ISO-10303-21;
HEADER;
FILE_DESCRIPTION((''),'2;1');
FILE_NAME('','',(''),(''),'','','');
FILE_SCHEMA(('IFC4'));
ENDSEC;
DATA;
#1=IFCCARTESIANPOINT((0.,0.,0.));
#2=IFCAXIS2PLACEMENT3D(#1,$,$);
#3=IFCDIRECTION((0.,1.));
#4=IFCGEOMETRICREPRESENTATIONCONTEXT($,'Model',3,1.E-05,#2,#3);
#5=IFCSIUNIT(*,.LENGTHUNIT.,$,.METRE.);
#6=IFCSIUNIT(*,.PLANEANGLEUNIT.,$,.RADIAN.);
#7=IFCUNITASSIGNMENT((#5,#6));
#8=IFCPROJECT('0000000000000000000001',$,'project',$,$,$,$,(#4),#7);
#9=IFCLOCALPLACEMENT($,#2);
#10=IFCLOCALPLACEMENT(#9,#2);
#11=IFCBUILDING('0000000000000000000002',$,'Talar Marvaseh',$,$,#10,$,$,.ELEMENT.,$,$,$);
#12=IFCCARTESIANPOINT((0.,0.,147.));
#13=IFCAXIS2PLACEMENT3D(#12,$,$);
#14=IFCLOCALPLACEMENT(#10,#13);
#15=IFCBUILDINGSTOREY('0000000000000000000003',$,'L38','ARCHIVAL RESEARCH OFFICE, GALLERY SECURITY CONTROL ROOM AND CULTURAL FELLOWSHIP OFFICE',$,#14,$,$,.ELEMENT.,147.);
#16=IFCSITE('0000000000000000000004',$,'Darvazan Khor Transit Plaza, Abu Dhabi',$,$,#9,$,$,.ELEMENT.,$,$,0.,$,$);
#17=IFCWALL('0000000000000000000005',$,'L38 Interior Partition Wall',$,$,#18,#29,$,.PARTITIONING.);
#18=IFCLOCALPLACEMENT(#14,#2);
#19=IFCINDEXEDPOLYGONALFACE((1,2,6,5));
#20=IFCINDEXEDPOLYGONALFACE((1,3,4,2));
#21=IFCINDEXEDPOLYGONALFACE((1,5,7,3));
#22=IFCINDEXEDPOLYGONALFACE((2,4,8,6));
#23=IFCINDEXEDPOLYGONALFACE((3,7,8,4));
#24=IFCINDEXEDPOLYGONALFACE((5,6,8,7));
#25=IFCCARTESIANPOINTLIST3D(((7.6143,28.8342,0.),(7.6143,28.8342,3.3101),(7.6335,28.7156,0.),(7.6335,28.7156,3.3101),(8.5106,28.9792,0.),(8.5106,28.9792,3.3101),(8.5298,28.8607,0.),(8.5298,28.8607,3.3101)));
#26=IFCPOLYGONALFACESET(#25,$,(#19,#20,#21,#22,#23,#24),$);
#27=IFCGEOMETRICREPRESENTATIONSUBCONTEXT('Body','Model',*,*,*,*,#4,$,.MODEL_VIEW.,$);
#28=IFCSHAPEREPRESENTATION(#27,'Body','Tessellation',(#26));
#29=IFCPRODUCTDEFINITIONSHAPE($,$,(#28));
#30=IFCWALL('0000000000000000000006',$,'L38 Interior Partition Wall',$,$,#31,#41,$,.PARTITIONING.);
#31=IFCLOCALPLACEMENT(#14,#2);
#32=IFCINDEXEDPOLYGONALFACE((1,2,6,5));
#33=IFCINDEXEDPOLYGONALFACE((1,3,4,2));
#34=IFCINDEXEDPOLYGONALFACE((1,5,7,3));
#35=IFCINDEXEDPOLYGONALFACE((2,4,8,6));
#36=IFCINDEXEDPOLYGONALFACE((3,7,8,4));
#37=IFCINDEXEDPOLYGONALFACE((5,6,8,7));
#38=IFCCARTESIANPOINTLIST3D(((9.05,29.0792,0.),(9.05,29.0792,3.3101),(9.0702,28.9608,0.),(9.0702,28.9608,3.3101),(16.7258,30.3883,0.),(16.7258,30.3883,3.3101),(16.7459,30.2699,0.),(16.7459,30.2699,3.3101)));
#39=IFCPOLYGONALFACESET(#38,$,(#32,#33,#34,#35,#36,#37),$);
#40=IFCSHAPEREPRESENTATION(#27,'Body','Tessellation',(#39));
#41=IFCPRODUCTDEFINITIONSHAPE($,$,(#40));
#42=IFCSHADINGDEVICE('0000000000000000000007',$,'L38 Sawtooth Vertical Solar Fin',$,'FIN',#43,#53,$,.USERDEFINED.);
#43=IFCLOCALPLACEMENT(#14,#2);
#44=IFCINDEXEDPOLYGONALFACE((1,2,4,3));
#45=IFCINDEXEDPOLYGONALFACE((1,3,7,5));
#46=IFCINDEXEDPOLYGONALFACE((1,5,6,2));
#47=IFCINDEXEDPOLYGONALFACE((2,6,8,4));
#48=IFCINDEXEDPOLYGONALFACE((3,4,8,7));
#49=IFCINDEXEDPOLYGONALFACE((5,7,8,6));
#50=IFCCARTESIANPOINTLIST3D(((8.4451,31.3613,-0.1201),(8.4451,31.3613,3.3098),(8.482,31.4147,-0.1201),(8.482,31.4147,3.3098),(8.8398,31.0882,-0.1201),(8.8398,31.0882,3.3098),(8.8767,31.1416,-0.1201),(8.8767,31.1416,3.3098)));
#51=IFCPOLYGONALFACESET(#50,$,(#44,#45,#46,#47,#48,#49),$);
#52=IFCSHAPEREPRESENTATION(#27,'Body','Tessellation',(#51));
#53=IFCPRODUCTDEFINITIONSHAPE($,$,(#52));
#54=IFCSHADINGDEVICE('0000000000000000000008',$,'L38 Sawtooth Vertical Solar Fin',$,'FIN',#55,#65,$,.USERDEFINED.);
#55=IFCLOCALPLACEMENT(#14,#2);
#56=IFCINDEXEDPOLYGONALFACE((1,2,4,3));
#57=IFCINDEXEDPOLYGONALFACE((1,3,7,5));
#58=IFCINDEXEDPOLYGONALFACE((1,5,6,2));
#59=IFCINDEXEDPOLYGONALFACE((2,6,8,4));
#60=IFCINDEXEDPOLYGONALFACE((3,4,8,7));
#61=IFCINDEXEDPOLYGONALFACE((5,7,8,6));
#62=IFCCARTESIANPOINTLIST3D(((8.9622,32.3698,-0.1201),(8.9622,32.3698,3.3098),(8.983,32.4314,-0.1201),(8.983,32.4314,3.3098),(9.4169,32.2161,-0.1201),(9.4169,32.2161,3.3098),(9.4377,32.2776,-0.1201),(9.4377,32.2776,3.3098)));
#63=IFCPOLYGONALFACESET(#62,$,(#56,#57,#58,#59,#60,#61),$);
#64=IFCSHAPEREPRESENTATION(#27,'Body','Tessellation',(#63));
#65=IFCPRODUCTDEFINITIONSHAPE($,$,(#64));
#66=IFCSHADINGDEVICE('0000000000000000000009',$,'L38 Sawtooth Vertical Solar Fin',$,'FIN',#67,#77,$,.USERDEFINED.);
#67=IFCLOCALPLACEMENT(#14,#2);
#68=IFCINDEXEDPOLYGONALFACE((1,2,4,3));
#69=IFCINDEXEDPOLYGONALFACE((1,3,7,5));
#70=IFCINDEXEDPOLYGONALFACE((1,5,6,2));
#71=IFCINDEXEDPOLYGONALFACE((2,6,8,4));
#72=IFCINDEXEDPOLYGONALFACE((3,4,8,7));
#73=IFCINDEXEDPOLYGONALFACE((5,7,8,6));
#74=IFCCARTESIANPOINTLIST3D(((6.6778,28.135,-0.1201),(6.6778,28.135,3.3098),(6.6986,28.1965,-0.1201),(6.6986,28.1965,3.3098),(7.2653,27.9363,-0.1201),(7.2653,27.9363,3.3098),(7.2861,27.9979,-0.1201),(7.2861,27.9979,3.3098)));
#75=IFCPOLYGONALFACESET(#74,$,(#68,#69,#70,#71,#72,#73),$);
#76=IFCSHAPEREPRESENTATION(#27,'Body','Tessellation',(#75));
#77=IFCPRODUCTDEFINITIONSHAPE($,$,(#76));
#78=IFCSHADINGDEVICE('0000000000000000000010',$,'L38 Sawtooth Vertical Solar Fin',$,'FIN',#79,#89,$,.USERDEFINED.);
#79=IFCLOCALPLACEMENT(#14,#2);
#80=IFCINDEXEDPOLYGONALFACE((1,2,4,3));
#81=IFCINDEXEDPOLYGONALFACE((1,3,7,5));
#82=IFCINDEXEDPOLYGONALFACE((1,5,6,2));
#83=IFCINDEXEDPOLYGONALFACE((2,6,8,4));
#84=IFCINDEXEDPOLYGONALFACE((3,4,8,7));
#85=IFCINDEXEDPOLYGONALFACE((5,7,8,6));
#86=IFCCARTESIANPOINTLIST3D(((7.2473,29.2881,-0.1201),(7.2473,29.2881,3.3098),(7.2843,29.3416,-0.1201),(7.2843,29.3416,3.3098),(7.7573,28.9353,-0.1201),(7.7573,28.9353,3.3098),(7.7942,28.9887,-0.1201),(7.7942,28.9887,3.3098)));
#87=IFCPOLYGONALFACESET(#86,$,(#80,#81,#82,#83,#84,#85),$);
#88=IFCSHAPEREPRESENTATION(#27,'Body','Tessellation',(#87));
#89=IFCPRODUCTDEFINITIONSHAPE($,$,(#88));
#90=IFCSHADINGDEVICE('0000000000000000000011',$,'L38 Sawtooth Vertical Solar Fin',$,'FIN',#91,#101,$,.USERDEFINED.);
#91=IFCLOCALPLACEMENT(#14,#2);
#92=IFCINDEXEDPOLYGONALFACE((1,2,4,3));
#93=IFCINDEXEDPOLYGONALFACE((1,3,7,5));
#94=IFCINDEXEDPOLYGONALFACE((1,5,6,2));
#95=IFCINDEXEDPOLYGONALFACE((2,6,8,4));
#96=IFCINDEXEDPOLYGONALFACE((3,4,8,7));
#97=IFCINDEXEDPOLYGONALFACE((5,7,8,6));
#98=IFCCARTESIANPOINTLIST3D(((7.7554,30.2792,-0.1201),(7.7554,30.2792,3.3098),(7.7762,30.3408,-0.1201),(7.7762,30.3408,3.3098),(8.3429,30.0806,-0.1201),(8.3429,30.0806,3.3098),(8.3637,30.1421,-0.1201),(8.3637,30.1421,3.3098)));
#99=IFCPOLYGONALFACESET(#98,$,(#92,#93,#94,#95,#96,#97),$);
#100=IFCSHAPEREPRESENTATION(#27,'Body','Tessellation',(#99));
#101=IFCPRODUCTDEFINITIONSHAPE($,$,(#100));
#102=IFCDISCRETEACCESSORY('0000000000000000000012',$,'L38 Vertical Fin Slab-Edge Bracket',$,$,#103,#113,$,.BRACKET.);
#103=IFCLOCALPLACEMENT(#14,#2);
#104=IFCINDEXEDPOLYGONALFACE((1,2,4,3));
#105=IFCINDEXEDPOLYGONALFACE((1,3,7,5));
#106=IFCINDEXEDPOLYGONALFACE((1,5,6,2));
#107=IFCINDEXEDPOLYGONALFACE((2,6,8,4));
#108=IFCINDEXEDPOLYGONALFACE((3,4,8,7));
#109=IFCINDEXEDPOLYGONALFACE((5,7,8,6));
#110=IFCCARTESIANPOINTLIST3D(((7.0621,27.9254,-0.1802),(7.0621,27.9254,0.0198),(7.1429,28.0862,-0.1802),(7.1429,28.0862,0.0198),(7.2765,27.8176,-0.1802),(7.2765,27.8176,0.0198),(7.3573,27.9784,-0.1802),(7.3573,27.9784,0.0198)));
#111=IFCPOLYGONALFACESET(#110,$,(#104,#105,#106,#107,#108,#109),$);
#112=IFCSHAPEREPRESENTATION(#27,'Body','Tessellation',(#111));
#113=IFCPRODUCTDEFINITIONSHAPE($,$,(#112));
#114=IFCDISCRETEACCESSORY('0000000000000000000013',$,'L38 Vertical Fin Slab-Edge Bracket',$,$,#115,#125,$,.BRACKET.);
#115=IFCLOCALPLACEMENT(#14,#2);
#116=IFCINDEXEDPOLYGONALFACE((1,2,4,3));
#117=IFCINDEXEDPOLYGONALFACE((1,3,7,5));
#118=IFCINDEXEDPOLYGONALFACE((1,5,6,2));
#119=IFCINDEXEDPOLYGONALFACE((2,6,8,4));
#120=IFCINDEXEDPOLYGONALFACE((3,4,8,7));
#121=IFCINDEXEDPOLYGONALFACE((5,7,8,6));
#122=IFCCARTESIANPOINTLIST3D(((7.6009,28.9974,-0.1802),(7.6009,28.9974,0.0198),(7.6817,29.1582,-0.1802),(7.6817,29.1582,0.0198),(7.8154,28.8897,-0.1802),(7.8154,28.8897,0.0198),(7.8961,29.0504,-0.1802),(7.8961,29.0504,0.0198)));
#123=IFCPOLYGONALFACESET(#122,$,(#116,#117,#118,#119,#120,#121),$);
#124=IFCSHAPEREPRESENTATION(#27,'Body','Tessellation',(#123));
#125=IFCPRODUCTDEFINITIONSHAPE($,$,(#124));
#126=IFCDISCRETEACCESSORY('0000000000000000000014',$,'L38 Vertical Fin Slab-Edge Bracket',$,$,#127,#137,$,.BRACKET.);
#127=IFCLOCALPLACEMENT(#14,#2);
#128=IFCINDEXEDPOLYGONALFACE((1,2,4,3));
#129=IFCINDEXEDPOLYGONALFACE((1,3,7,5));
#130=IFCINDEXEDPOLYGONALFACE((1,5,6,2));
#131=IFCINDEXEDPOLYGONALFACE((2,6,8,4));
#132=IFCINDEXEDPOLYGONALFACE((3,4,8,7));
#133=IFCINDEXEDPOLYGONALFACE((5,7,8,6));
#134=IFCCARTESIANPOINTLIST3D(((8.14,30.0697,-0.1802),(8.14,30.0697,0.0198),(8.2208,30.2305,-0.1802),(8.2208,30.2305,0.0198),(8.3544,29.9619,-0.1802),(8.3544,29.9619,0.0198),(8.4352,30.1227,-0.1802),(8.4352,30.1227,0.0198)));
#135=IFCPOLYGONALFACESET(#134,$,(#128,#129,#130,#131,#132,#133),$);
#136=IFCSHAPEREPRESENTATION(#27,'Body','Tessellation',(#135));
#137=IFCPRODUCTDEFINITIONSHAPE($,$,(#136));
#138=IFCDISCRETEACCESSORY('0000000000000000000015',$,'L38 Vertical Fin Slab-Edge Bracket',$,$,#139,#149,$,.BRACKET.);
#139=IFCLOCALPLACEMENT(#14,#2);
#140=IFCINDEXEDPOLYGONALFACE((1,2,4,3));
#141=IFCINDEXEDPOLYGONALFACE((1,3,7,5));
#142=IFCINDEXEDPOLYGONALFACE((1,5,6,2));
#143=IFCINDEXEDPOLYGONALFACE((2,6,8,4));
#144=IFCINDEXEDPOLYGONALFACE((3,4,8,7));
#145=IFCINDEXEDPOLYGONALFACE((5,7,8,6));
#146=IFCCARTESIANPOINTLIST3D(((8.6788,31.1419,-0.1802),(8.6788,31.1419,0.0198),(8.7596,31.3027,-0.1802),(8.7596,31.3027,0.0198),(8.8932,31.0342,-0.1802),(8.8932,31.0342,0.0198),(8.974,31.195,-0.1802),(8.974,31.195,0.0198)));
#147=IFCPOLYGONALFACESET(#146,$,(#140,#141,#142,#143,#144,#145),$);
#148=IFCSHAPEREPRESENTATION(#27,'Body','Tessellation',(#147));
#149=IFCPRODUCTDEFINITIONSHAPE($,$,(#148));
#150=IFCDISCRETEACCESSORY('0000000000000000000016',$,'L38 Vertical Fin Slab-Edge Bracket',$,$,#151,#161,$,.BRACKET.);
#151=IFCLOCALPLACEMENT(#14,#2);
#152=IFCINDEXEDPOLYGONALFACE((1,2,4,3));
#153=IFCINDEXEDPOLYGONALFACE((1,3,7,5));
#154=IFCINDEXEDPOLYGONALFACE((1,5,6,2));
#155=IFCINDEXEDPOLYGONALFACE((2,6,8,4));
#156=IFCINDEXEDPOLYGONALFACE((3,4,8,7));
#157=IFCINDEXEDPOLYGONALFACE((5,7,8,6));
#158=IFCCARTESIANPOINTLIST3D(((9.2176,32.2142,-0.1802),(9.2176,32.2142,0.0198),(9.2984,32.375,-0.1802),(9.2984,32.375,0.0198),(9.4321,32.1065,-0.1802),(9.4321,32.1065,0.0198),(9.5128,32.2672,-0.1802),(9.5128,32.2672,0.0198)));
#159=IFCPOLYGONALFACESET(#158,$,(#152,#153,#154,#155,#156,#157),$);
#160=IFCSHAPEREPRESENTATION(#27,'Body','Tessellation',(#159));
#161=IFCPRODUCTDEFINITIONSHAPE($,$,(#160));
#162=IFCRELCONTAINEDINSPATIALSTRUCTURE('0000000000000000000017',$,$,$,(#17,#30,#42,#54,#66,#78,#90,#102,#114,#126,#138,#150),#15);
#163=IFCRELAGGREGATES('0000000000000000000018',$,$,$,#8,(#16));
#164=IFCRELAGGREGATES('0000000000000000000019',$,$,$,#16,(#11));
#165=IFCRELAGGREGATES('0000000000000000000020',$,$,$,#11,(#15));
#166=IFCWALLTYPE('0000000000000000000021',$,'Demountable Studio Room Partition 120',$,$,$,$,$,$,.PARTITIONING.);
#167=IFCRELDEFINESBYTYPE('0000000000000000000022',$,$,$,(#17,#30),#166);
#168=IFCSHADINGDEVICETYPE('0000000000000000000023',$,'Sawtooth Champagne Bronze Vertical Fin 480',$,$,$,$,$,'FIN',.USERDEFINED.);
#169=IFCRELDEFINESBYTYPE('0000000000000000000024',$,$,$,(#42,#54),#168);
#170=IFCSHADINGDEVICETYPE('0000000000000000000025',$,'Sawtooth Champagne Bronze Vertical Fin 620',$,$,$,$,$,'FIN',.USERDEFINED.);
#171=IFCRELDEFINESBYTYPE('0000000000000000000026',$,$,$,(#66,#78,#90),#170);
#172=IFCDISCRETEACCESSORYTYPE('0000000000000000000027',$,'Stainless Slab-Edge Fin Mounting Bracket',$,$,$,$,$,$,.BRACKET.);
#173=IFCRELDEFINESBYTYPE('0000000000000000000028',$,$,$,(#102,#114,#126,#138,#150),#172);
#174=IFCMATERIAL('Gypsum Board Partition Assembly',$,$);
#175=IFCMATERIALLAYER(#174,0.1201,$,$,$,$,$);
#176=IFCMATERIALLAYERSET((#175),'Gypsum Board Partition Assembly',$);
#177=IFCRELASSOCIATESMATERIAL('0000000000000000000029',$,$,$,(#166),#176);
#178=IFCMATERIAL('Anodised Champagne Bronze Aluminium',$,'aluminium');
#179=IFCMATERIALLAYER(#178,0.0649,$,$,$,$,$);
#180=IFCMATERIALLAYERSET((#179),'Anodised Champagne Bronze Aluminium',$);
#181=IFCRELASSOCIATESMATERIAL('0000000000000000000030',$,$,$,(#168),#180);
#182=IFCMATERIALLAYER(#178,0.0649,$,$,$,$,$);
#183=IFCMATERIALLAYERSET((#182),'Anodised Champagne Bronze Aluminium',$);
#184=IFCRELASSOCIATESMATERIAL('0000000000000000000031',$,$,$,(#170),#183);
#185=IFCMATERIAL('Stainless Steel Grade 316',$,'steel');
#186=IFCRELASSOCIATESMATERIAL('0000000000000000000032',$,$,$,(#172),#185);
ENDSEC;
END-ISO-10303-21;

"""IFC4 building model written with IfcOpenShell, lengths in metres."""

from ifc_helpers import new_model, si_unit, direction, frame, frame_2d, origin, origin_2d, place, context, subcontext, project, spatial, rectangle, extrude, source, transform, mapped, material, layer, layer_set, type_object, type_shapes, element, save


model = new_model("IFC4")

# Units and contexts
model_context = context("Model", 3, precision=1e-05, world=origin(), true_north=direction((0.0, 1.0)))
body_context = subcontext(model_context, "Body", "Model", "MODEL_VIEW")
ifc_project = project(units=[si_unit("LENGTHUNIT", "METRE"), si_unit("PLANEANGLEUNIT", "RADIAN")], contexts=[model_context])

# Site, building, storey
site_placement = place(None, origin())
site = spatial("IfcSite", under=ifc_project, at=site_placement, Name="Darvazan Khor Transit Plaza, Abu Dhabi", CompositionType="ELEMENT", RefElevation=0.0)
building_placement = place(site_placement, origin())
building = spatial("IfcBuilding", under=site, at=building_placement, Name="Talar Marvaseh", CompositionType="ELEMENT")
storey_placement = place(building_placement, frame((0.0, 0.0, 147.0)))
storey = spatial("IfcBuildingStorey", under=building, at=storey_placement, Name="L38", Description="ARCHIVAL RESEARCH OFFICE, GALLERY SECURITY CONTROL ROOM AND CULTURAL FELLOWSHIP OFFICE", CompositionType="ELEMENT", Elevation=147.0)

# Walls
ifc_material_1 = material(Name="Gypsum Board Partition Assembly")
ifc_layer_1 = layer(ifc_material_1, 0.1201)
ifc_layer_set_1 = layer_set([ifc_layer_1], Name="Gypsum Board Partition Assembly")
wall_type = type_object("IfcWallType", Name="Demountable Studio Room Partition 120", PredefinedType="PARTITIONING", material=ifc_layer_set_1)
wall_1_placement = place(storey_placement, frame((7.6238, 28.7749, 0.0), z_axis=(0.0, 0.0, 1.0), x_axis=(0.987161, 0.159731, 0.0)))
element("IfcWall", 1, at=wall_1_placement, inside=storey, type_object=wall_type, Name="L38 Interior Partition Wall", PredefinedType="PARTITIONING", context=body_context, shape_type="SweptSolid", body=[
    extrude(rectangle(XDim=0.908, YDim=0.1201, at=frame_2d((0.4541, 0.0))), origin(), (0.0, 0.0, 1.0), 3.3101),
])
wall_2_placement = place(storey_placement, frame((9.0601, 29.02, 0.0), z_axis=(0.0, 0.0, 1.0), x_axis=(0.985767, 0.16812, 0.0)))
element("IfcWall", 2, at=wall_2_placement, inside=storey, type_object=wall_type, Name="L38 Interior Partition Wall", PredefinedType="PARTITIONING", context=body_context, shape_type="SweptSolid", body=[
    extrude(rectangle(XDim=7.7866, YDim=0.1201, at=frame_2d((3.8933, 0.0))), origin(), (0.0, 0.0, 1.0), 3.3101),
])

# Shading devices
ifc_material_2 = material(Name="Anodised Champagne Bronze Aluminium", Category="aluminium")
ifc_layer_2 = layer(ifc_material_2, 0.0649)
ifc_layer_set_2 = layer_set([ifc_layer_2], Name="Anodised Champagne Bronze Aluminium")
shading_device_type_1 = type_object("IfcShadingDeviceType", Name="Sawtooth Champagne Bronze Vertical Fin 480", ElementType="FIN", PredefinedType="USERDEFINED", material=ifc_layer_set_2)
shared_shape_1 = source(origin(), body_context, "Body", "SweptSolid", [
    extrude(rectangle(XDim=0.48, YDim=0.0649, at=origin_2d()), origin(), (0.0, 0.0, 1.0), 3.4299),
])
type_shapes(shading_device_type_1, [shared_shape_1])
for number, where, z_axis, x_axis, name in (
    (3, (8.6609, 31.2515, -0.1201), (0.0, 0.0, 1.0), (-0.822343, 0.568993, 0.0), "L38 Sawtooth Vertical Solar Fin"),
    (4, (9.2, 32.3237, -0.1201), (0.0, 0.0, 1.0), (-0.947322, 0.320282, 0.0), "L38 Sawtooth Vertical Solar Fin"),
):
    element("IfcShadingDevice", number, at=place(storey_placement, frame(where, z_axis=z_axis, x_axis=x_axis)), inside=storey, type_object=shading_device_type_1, Name=name, ObjectType="FIN", PredefinedType="USERDEFINED", context=body_context, shape_type="MappedRepresentation", body=[
        mapped(shared_shape_1, transform((0.0, 0.0, 0.0), x_axis=(1.0, 0.0, 0.0), y_axis=(0.0, 1.0, 0.0), z_axis=(0.0, 0.0, 1.0), scale=1.0)),
    ])
ifc_layer_3 = layer(ifc_material_2, 0.0649)
ifc_layer_set_3 = layer_set([ifc_layer_3], Name="Anodised Champagne Bronze Aluminium")
shading_device_type_2 = type_object("IfcShadingDeviceType", Name="Sawtooth Champagne Bronze Vertical Fin 620", ElementType="FIN", PredefinedType="USERDEFINED", material=ifc_layer_set_3)
shared_shape_2 = source(origin(), body_context, "Body", "SweptSolid", [
    extrude(rectangle(XDim=0.6201, YDim=0.0649, at=origin_2d()), origin(), (0.0, 0.0, 1.0), 3.4299),
])
type_shapes(shading_device_type_2, [shared_shape_2])
for number, where, z_axis, x_axis, name in (
    (5, (6.9819, 28.0664, -0.1201), (0.0, 0.0, 1.0), (-0.947322, 0.320282, 0.0), "L38 Sawtooth Vertical Solar Fin"),
    (6, (7.5208, 29.1384, -0.1201), (0.0, 0.0, 1.0), (-0.822343, 0.568993, 0.0), "L38 Sawtooth Vertical Solar Fin"),
    (7, (8.0596, 30.2107, -0.1201), (0.0, 0.0, 1.0), (-0.947322, 0.320282, 0.0), "L38 Sawtooth Vertical Solar Fin"),
):
    element("IfcShadingDevice", number, at=place(storey_placement, frame(where, z_axis=z_axis, x_axis=x_axis)), inside=storey, type_object=shading_device_type_2, Name=name, ObjectType="FIN", PredefinedType="USERDEFINED", context=body_context, shape_type="MappedRepresentation", body=[
        mapped(shared_shape_2, transform((0.0, 0.0, 0.0), x_axis=(1.0, 0.0, 0.0), y_axis=(0.0, 1.0, 0.0), z_axis=(0.0, 0.0, 1.0), scale=1.0)),
    ])

# Discrete accessories
ifc_material_3 = material(Name="Stainless Steel Grade 316", Category="steel")
discrete_accessory_type = type_object("IfcDiscreteAccessoryType", Name="Stainless Slab-Edge Fin Mounting Bracket", PredefinedType="BRACKET", material=ifc_material_3)
shared_shape_3 = source(origin(), body_context, "Body", "SweptSolid", [
    extrude(rectangle(XDim=0.24, YDim=0.1799, at=origin_2d()), origin(), (0.0, 0.0, 1.0), 0.2),
])
type_shapes(discrete_accessory_type, [shared_shape_3])
for number, where, z_axis, x_axis, name in (
    (8, (7.2097, 27.9519, -0.1802), (0.0, 0.0, 1.0), (-0.893528, 0.449007, 0.0), "L38 Vertical Fin Slab-Edge Bracket"),
    (9, (7.7485, 29.0239, -0.1802), (0.0, 0.0, 1.0), (-0.893528, 0.449007, 0.0), "L38 Vertical Fin Slab-Edge Bracket"),
    (10, (8.2876, 30.0962, -0.1802), (0.0, 0.0, 1.0), (-0.893528, 0.449007, 0.0), "L38 Vertical Fin Slab-Edge Bracket"),
    (11, (8.8264, 31.1685, -0.1802), (0.0, 0.0, 1.0), (-0.893528, 0.449007, 0.0), "L38 Vertical Fin Slab-Edge Bracket"),
    (12, (9.3652, 32.2407, -0.1802), (0.0, 0.0, 1.0), (-0.893528, 0.449007, 0.0), "L38 Vertical Fin Slab-Edge Bracket"),
):
    element("IfcDiscreteAccessory", number, at=place(storey_placement, frame(where, z_axis=z_axis, x_axis=x_axis)), inside=storey, type_object=discrete_accessory_type, Name=name, PredefinedType="BRACKET", context=body_context, shape_type="MappedRepresentation", body=[
        mapped(shared_shape_3, transform((0.0, 0.0, 0.0), x_axis=(1.0, 0.0, 0.0), y_axis=(0.0, 1.0, 0.0), z_axis=(0.0, 0.0, 1.0), scale=1.0)),
    ])

save(model, "model.ifc")
